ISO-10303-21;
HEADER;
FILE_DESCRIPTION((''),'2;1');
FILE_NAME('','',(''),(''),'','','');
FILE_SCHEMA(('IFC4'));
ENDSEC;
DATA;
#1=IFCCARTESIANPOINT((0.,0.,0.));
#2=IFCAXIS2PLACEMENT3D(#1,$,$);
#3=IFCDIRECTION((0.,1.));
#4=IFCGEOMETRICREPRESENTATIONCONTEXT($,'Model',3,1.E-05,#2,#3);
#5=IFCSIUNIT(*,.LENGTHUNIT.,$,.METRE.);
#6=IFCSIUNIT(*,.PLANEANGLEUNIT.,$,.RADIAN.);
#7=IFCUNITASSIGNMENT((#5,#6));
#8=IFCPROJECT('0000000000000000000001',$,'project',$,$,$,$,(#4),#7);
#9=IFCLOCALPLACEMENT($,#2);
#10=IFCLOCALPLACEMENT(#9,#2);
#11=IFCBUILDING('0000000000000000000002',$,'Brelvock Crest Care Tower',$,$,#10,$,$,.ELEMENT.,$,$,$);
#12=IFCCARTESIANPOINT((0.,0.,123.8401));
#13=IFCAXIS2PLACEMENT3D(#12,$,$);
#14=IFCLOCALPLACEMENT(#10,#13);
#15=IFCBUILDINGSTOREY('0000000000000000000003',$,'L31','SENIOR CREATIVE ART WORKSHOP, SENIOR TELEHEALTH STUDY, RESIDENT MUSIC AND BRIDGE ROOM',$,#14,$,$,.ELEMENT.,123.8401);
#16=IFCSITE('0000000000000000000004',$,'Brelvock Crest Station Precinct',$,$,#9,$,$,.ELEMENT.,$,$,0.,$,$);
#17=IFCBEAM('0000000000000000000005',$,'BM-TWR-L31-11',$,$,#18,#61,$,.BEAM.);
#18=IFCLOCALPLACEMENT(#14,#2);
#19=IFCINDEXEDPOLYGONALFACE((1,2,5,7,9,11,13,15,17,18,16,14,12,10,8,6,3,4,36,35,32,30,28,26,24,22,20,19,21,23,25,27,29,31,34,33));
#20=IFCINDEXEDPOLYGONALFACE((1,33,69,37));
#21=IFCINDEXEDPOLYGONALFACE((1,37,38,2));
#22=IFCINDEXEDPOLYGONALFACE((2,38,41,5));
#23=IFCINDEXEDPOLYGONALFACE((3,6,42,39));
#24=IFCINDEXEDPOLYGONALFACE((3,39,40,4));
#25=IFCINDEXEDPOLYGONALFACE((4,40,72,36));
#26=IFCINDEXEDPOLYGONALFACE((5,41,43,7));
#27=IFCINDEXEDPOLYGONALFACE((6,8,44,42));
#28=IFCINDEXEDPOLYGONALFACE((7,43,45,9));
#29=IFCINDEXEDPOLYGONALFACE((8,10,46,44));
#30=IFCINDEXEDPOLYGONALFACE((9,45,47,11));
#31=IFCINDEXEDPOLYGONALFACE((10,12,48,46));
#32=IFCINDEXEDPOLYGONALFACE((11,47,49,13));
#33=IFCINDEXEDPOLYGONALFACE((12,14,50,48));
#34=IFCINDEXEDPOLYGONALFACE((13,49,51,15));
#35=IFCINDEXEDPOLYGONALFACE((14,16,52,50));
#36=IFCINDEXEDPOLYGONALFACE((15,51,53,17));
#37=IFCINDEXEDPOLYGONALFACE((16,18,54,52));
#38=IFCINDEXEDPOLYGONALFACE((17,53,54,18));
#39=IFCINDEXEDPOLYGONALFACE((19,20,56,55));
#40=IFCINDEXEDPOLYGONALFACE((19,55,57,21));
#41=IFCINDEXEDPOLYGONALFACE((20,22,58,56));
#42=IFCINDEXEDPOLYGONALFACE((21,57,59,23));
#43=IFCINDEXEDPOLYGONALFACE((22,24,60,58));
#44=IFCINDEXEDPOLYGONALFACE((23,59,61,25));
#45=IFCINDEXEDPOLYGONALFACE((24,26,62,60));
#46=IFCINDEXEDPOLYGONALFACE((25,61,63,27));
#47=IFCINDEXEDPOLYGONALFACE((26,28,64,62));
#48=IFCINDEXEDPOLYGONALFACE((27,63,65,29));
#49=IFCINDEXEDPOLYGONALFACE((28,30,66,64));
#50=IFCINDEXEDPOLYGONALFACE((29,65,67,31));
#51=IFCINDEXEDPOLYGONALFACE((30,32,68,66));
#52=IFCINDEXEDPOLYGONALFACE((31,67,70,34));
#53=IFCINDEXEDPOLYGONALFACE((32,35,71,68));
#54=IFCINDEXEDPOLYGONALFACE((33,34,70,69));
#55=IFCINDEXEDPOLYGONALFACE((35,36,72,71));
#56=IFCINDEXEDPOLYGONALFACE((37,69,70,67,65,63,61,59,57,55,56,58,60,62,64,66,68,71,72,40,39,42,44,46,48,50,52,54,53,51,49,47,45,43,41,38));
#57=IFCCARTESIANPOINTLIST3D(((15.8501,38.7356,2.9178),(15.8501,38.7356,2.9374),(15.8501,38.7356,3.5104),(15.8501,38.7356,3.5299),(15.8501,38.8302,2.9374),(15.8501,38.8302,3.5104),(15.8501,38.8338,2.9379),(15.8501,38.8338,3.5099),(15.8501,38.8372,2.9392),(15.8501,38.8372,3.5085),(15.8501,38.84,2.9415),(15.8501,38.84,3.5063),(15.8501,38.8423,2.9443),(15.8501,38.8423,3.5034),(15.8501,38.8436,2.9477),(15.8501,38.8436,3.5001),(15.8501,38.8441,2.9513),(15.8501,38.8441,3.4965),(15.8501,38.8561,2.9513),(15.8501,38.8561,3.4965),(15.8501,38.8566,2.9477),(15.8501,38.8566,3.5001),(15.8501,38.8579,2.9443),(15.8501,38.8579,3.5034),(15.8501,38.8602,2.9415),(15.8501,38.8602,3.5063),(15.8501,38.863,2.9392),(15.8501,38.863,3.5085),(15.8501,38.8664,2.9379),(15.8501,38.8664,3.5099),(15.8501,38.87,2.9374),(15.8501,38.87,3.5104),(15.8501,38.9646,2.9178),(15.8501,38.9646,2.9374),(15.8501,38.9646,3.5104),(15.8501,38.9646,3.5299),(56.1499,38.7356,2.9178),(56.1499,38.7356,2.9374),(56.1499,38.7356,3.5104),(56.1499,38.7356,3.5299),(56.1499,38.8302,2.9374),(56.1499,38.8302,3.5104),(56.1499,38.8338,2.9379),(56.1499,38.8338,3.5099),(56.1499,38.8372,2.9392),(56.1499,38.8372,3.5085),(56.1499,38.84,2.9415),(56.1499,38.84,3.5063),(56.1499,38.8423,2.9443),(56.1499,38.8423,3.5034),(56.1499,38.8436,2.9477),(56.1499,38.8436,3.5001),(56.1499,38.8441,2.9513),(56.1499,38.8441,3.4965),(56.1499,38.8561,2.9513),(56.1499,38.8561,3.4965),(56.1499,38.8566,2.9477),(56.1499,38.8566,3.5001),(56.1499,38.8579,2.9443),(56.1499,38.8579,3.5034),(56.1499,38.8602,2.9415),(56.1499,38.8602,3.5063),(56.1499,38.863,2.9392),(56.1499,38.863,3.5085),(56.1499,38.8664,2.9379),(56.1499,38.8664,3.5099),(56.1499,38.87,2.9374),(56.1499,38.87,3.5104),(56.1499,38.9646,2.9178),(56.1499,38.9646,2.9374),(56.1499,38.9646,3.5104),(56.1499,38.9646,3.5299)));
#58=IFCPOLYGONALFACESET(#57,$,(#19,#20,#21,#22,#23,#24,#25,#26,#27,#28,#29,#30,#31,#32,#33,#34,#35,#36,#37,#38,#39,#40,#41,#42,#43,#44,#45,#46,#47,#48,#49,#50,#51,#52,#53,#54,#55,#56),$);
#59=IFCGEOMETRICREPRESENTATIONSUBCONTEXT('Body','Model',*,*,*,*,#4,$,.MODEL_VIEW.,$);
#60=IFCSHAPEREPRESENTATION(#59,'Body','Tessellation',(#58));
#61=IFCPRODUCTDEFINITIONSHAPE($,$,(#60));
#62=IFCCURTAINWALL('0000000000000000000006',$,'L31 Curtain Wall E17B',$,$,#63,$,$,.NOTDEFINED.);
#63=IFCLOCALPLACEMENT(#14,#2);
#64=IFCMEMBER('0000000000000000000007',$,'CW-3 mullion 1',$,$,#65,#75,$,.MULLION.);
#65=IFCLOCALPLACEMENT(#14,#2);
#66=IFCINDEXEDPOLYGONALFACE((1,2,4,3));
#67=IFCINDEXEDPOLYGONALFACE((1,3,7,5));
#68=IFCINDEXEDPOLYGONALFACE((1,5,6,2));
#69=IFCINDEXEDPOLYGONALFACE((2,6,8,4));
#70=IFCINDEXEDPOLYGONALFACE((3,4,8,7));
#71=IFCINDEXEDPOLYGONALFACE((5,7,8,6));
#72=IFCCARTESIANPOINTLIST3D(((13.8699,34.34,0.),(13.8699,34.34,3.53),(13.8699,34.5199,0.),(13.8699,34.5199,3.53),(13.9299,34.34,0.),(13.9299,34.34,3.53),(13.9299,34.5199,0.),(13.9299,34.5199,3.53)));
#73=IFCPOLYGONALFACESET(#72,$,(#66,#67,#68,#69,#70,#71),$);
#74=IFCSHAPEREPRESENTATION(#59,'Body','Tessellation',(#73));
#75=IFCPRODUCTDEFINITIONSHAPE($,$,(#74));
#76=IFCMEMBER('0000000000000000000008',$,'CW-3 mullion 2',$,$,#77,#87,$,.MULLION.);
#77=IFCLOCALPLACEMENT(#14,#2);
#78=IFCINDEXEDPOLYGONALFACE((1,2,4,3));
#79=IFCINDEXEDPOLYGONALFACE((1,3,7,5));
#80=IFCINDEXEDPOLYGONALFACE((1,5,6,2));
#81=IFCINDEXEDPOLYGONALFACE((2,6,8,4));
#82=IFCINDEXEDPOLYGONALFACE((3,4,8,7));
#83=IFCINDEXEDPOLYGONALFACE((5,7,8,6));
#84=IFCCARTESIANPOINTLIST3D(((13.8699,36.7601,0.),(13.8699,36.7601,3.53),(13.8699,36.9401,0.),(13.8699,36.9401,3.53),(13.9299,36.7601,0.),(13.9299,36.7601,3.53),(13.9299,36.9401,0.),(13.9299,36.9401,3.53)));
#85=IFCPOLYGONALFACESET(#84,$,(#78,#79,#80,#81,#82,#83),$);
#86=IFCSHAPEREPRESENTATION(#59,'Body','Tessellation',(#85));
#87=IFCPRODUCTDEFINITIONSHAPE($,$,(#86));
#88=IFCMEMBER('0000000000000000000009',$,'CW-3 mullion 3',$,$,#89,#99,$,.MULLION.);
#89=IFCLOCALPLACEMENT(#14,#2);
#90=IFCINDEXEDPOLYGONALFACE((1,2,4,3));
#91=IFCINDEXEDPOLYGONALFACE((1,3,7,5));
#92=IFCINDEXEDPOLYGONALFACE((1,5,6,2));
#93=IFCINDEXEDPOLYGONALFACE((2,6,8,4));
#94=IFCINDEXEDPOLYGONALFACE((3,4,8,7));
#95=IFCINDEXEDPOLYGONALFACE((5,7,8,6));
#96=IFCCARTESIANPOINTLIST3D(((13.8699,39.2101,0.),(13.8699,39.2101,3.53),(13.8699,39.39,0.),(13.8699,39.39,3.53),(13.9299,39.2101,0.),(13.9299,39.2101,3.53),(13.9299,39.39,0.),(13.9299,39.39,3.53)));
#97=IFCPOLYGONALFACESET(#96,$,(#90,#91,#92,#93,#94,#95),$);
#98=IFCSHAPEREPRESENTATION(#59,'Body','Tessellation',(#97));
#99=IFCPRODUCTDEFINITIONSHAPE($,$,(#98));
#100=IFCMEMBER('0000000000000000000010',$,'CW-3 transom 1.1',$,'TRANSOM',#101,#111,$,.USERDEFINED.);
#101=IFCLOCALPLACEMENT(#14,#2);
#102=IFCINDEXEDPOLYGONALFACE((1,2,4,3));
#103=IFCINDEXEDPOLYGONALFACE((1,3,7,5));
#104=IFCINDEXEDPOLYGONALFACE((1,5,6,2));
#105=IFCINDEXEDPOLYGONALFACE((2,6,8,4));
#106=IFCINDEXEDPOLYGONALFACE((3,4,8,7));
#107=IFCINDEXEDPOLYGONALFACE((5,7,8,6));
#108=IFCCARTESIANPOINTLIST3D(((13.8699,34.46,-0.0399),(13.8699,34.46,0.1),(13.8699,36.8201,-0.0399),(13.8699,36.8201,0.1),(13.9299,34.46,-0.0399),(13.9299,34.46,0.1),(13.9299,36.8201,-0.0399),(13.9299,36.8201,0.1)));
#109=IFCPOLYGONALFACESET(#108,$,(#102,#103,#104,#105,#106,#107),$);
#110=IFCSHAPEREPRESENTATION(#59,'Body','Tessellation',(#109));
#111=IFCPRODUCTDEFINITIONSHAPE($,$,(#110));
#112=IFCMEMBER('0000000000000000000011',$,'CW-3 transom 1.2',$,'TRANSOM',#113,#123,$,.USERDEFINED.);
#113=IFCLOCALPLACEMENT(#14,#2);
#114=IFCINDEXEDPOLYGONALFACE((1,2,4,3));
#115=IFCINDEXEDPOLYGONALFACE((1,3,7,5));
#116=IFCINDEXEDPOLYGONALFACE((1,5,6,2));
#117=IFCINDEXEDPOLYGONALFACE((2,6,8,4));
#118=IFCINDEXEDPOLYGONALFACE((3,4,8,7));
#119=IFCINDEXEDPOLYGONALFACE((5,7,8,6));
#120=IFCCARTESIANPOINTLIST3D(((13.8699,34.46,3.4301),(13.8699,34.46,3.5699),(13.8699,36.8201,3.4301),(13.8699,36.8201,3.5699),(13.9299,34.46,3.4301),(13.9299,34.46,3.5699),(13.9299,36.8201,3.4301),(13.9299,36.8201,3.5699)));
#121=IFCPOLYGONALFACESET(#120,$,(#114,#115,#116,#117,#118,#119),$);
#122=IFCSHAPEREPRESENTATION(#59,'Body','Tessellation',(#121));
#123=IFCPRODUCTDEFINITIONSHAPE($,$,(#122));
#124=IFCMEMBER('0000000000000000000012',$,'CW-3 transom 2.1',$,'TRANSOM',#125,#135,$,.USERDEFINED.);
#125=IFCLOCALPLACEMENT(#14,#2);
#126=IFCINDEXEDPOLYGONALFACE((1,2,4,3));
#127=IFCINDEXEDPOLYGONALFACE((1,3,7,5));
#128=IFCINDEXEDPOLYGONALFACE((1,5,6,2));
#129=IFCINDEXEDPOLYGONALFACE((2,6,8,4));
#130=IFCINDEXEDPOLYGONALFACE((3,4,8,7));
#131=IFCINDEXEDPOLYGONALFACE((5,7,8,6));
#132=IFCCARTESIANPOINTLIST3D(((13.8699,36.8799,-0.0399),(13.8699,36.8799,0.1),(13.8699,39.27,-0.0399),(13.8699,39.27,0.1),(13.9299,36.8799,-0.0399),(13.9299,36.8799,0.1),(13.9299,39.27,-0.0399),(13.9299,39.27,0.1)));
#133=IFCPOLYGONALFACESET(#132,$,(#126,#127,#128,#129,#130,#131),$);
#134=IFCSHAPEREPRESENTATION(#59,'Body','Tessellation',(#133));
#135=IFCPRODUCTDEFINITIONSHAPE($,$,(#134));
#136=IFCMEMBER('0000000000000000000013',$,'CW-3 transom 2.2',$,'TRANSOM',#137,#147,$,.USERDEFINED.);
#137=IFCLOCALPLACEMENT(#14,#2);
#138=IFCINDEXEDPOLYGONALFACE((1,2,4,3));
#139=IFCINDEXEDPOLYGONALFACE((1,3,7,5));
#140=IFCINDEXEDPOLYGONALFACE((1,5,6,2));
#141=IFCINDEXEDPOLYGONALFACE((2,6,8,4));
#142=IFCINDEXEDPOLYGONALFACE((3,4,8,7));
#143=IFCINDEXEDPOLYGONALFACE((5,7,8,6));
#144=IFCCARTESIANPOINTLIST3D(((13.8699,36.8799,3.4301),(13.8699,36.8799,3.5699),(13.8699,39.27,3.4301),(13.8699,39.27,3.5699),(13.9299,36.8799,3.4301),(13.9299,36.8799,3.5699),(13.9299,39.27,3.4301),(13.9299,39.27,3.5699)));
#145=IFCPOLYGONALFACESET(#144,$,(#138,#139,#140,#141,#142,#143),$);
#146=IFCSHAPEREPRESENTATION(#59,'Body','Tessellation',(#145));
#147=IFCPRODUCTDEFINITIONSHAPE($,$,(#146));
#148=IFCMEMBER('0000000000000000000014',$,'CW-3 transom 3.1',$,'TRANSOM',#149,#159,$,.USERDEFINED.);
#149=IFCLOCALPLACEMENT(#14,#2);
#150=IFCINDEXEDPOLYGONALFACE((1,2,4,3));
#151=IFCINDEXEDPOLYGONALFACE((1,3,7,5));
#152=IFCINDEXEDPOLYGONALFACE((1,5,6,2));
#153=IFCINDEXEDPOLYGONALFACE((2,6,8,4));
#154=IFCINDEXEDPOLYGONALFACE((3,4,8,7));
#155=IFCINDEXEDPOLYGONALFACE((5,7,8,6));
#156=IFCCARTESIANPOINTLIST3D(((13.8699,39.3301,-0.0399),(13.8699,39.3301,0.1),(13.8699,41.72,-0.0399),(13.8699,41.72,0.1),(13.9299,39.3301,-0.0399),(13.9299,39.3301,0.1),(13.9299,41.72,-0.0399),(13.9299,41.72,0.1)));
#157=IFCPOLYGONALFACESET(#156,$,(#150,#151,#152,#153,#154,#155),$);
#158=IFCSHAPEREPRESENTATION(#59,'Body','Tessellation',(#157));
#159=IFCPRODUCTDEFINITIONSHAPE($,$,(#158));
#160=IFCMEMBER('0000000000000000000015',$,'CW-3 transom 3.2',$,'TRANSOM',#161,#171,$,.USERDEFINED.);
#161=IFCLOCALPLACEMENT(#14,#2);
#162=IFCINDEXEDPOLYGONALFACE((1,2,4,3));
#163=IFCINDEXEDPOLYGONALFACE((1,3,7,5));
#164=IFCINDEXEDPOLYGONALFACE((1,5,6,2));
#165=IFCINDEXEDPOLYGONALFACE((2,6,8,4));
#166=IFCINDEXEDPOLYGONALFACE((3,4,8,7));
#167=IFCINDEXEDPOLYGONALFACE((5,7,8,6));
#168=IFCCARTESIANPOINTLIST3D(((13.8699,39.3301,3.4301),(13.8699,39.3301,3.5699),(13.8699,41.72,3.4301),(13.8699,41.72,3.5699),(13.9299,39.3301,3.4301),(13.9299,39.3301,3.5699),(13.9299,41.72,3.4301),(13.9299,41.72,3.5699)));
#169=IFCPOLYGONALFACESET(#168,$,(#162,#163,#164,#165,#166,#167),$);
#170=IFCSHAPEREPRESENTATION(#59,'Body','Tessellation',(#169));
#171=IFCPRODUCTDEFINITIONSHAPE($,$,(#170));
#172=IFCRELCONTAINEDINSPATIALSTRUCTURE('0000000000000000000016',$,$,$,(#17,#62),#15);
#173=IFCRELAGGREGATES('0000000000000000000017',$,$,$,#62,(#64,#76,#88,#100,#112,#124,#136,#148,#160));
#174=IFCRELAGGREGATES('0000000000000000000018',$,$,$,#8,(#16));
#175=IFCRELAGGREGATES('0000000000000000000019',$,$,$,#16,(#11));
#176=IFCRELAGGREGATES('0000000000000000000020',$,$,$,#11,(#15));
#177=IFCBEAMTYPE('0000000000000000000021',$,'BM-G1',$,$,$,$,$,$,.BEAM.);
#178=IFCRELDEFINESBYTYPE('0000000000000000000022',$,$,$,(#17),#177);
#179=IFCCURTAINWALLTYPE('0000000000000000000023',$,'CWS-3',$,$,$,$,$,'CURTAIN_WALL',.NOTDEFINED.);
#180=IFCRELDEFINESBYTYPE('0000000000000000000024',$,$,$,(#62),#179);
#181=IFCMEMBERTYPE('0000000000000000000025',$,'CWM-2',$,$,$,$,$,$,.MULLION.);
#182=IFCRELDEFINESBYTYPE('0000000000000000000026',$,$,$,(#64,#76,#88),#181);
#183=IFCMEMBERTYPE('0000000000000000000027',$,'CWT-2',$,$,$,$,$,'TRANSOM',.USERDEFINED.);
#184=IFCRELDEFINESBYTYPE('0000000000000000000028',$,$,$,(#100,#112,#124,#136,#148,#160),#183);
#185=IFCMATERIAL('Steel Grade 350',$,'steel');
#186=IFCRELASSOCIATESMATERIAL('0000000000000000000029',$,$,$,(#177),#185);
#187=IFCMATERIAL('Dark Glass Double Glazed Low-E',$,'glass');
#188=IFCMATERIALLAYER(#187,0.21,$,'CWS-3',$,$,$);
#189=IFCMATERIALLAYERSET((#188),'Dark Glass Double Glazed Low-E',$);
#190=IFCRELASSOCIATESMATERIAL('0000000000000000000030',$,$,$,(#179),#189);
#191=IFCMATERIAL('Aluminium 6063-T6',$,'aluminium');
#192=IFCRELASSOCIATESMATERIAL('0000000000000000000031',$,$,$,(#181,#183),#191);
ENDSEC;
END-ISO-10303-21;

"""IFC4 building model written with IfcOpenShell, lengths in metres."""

from ifc_helpers import new_model, si_unit, direction, frame, origin, origin_2d, place, context, subcontext, project, spatial, rectangle, i_section, extrude, source, transform, mapped, material, layer, layer_set, material_profile, profile_set, type_object, element, aggregate, save


model = new_model("IFC4")

# Units and contexts
model_context = context("Model", 3, precision=1e-05, world=origin(), true_north=direction((0.0, 1.0)))
body_context = subcontext(model_context, "Body", "Model", "MODEL_VIEW")
ifc_project = project(units=[si_unit("LENGTHUNIT", "METRE"), si_unit("PLANEANGLEUNIT", "RADIAN")], contexts=[model_context])

# Site, building, storey
site_placement = place(None, origin())
site = spatial("IfcSite", under=ifc_project, at=site_placement, Name="Brelvock Crest Station Precinct", CompositionType="ELEMENT", RefElevation=0.0)
building_placement = place(site_placement, origin())
building = spatial("IfcBuilding", under=site, at=building_placement, Name="Brelvock Crest Care Tower", CompositionType="ELEMENT")
storey_placement = place(building_placement, frame((0.0, 0.0, 123.8401)))
storey = spatial("IfcBuildingStorey", under=building, at=storey_placement, Name="L31", Description="SENIOR CREATIVE ART WORKSHOP, SENIOR TELEHEALTH STUDY, RESIDENT MUSIC AND BRIDGE ROOM", CompositionType="ELEMENT", Elevation=123.8401)

# Shared definitions
ifc_material_1 = material(Name="Steel Grade 350", Category="steel")

# Beam
ifc_material_profile_1 = material_profile(ifc_material_1, i_section(OverallWidth=0.229, OverallDepth=0.6121, WebThickness=0.012, FlangeThickness=0.0195, FilletRadius=0.0139, at=origin_2d()), Name="610UB125")
ifc_profile_set_1 = profile_set([ifc_material_profile_1], Name="Steel Grade 350")
beam_type_1 = type_object("IfcBeamType", Name="BM-G1", PredefinedType="BEAM", material=ifc_profile_set_1)
shared_shape_1 = source(origin(), body_context, "Body", "SweptSolid", [
    extrude(i_section(OverallWidth=0.229, OverallDepth=0.6121, WebThickness=0.012, FlangeThickness=0.0195, FilletRadius=0.0139, at=origin_2d()), origin(), (0.0, 0.0, 1.0), 40.2998),
])
beam_1_placement = place(storey_placement, frame((15.8501, 38.8501, 3.2239), z_axis=(1.0, 0.0, 0.0), x_axis=(0.0, 1.0, 0.0)))
element("IfcBeam", 1, at=beam_1_placement, inside=storey, type_object=beam_type_1, Name="BM-TWR-L31-11", PredefinedType="BEAM", context=body_context, shape_type="MappedRepresentation", body=[
    mapped(shared_shape_1, transform((0.0, 0.0, 0.0), x_axis=(1.0, 0.0, 0.0), y_axis=(0.0, 1.0, 0.0), z_axis=(0.0, 0.0, 1.0), scale=1.0)),
])

# Curtain wall, members
ifc_material_2 = material(Name="Dark Glass Double Glazed Low-E", Category="glass")
ifc_layer_1 = layer(ifc_material_2, 0.21, Name="CWS-3")
ifc_layer_set_1 = layer_set([ifc_layer_1], Name="Dark Glass Double Glazed Low-E")
curtain_wall_type = type_object("IfcCurtainWallType", Name="CWS-3", ElementType="CURTAIN_WALL", PredefinedType="NOTDEFINED", material=ifc_layer_set_1)
curtain_wall_placement = place(storey_placement, origin())
curtain_wall = element("IfcCurtainWall", 2, at=curtain_wall_placement, inside=storey, type_object=curtain_wall_type, Name="L31 Curtain Wall E17B", PredefinedType="NOTDEFINED")
ifc_material_3 = material(Name="Aluminium 6063-T6", Category="aluminium")
ifc_material_profile_2 = material_profile(ifc_material_3, rectangle(XDim=0.0601, YDim=0.1799, at=origin_2d()), Name="ALU60x180")
ifc_profile_set_2 = profile_set([ifc_material_profile_2], Name="Aluminium 6063-T6")
member_type_1 = type_object("IfcMemberType", Name="CWM-2", PredefinedType="MULLION", material=ifc_profile_set_2)
shared_shape_2 = source(origin(), body_context, "Body", "SweptSolid", [
    extrude(rectangle(XDim=0.0601, YDim=0.1799, at=origin_2d()), origin(), (0.0, 0.0, 1.0), 3.53),
])
member_1_placement = place(storey_placement, frame((13.8999, 34.4299, 0.0), z_axis=(0.0, 0.0, 1.0), x_axis=(-1.0, 0.0, 0.0)))
member_1 = element("IfcMember", 3, at=member_1_placement, type_object=member_type_1, Name="CW-3 mullion 1", PredefinedType="MULLION", context=body_context, shape_type="MappedRepresentation", body=[
    mapped(shared_shape_2, transform((0.0, 0.0, 0.0), x_axis=(1.0, 0.0, 0.0), y_axis=(0.0, 1.0, 0.0), z_axis=(0.0, 0.0, 1.0), scale=1.0)),
])
member_2_placement = place(storey_placement, frame((13.8999, 36.8501, 0.0), z_axis=(0.0, 0.0, 1.0), x_axis=(-1.0, 0.0, 0.0)))
member_2 = element("IfcMember", 4, at=member_2_placement, type_object=member_type_1, Name="CW-3 mullion 2", PredefinedType="MULLION", context=body_context, shape_type="MappedRepresentation", body=[
    mapped(shared_shape_2, transform((0.0, 0.0, 0.0), x_axis=(1.0, 0.0, 0.0), y_axis=(0.0, 1.0, 0.0), z_axis=(0.0, 0.0, 1.0), scale=1.0)),
])
member_3_placement = place(storey_placement, frame((13.8999, 39.3, 0.0), z_axis=(0.0, 0.0, 1.0), x_axis=(-1.0, 0.0, 0.0)))
member_3 = element("IfcMember", 5, at=member_3_placement, type_object=member_type_1, Name="CW-3 mullion 3", PredefinedType="MULLION", context=body_context, shape_type="MappedRepresentation", body=[
    mapped(shared_shape_2, transform((0.0, 0.0, 0.0), x_axis=(1.0, 0.0, 0.0), y_axis=(0.0, 1.0, 0.0), z_axis=(0.0, 0.0, 1.0), scale=1.0)),
])
ifc_material_profile_3 = material_profile(ifc_material_3, rectangle(XDim=0.0601, YDim=0.1399, at=origin_2d()), Name="ALU60x140")
ifc_profile_set_3 = profile_set([ifc_material_profile_3], Name="Aluminium 6063-T6")
member_type_2 = type_object("IfcMemberType", Name="CWT-2", ElementType="TRANSOM", PredefinedType="USERDEFINED", material=ifc_profile_set_3)
shared_shape_3 = source(origin(), body_context, "Body", "SweptSolid", [
    extrude(rectangle(XDim=0.0601, YDim=0.1399, at=origin_2d()), origin(), (0.0, 0.0, 1.0), 2.3601),
])
member_4_placement = place(storey_placement, frame((13.8999, 34.46, 0.03), z_axis=(0.0, 1.0, 0.0), x_axis=(-1.0, 0.0, 0.0)))
member_4 = element("IfcMember", 6, at=member_4_placement, type_object=member_type_2, Name="CW-3 transom 1.1", ObjectType="TRANSOM", PredefinedType="USERDEFINED", context=body_context, shape_type="MappedRepresentation", body=[
    mapped(shared_shape_3, transform((0.0, 0.0, 0.0), x_axis=(1.0, 0.0, 0.0), y_axis=(0.0, 1.0, 0.0), z_axis=(0.0, 0.0, 1.0), scale=1.0)),
])
member_5_placement = place(storey_placement, frame((13.8999, 34.46, 3.5), z_axis=(0.0, 1.0, 0.0), x_axis=(-1.0, 0.0, 0.0)))
member_5 = element("IfcMember", 7, at=member_5_placement, type_object=member_type_2, Name="CW-3 transom 1.2", ObjectType="TRANSOM", PredefinedType="USERDEFINED", context=body_context, shape_type="MappedRepresentation", body=[
    mapped(shared_shape_3, transform((0.0, 0.0, 0.0), x_axis=(1.0, 0.0, 0.0), y_axis=(0.0, 1.0, 0.0), z_axis=(0.0, 0.0, 1.0), scale=1.0)),
])
shared_shape_4 = source(origin(), body_context, "Body", "SweptSolid", [
    extrude(rectangle(XDim=0.0601, YDim=0.1399, at=origin_2d()), origin(), (0.0, 0.0, 1.0), 2.3901),
])
member_6_placement = place(storey_placement, frame((13.8999, 36.8799, 0.03), z_axis=(0.0, 1.0, 0.0), x_axis=(-1.0, 0.0, 0.0)))
member_6 = element("IfcMember", 8, at=member_6_placement, type_object=member_type_2, Name="CW-3 transom 2.1", ObjectType="TRANSOM", PredefinedType="USERDEFINED", context=body_context, shape_type="MappedRepresentation", body=[
    mapped(shared_shape_4, transform((0.0, 0.0, 0.0), x_axis=(1.0, 0.0, 0.0), y_axis=(0.0, 1.0, 0.0), z_axis=(0.0, 0.0, 1.0), scale=1.0)),
])
member_7_placement = place(storey_placement, frame((13.8999, 36.8799, 3.5), z_axis=(0.0, 1.0, 0.0), x_axis=(-1.0, 0.0, 0.0)))
member_7 = element("IfcMember", 9, at=member_7_placement, type_object=member_type_2, Name="CW-3 transom 2.2", ObjectType="TRANSOM", PredefinedType="USERDEFINED", context=body_context, shape_type="MappedRepresentation", body=[
    mapped(shared_shape_4, transform((0.0, 0.0, 0.0), x_axis=(1.0, 0.0, 0.0), y_axis=(0.0, 1.0, 0.0), z_axis=(0.0, 0.0, 1.0), scale=1.0)),
])
shared_shape_5 = source(origin(), body_context, "Body", "SweptSolid", [
    extrude(rectangle(XDim=0.0601, YDim=0.1399, at=origin_2d()), origin(), (0.0, 0.0, 1.0), 2.3899),
])
member_8_placement = place(storey_placement, frame((13.8999, 39.3301, 0.03), z_axis=(0.0, 1.0, 0.0), x_axis=(-1.0, 0.0, 0.0)))
member_8 = element("IfcMember", 10, at=member_8_placement, type_object=member_type_2, Name="CW-3 transom 3.1", ObjectType="TRANSOM", PredefinedType="USERDEFINED", context=body_context, shape_type="MappedRepresentation", body=[
    mapped(shared_shape_5, transform((0.0, 0.0, 0.0), x_axis=(1.0, 0.0, 0.0), y_axis=(0.0, 1.0, 0.0), z_axis=(0.0, 0.0, 1.0), scale=1.0)),
])
member_9_placement = place(storey_placement, frame((13.8999, 39.3301, 3.5), z_axis=(0.0, 1.0, 0.0), x_axis=(-1.0, 0.0, 0.0)))
member_9 = element("IfcMember", 11, at=member_9_placement, type_object=member_type_2, Name="CW-3 transom 3.2", ObjectType="TRANSOM", PredefinedType="USERDEFINED", context=body_context, shape_type="MappedRepresentation", body=[
    mapped(shared_shape_5, transform((0.0, 0.0, 0.0), x_axis=(1.0, 0.0, 0.0), y_axis=(0.0, 1.0, 0.0), z_axis=(0.0, 0.0, 1.0), scale=1.0)),
])
aggregate(curtain_wall, [member_1, member_2, member_3, member_4, member_5, member_6, member_7, member_8, member_9])

save(model, "model.ifc")
